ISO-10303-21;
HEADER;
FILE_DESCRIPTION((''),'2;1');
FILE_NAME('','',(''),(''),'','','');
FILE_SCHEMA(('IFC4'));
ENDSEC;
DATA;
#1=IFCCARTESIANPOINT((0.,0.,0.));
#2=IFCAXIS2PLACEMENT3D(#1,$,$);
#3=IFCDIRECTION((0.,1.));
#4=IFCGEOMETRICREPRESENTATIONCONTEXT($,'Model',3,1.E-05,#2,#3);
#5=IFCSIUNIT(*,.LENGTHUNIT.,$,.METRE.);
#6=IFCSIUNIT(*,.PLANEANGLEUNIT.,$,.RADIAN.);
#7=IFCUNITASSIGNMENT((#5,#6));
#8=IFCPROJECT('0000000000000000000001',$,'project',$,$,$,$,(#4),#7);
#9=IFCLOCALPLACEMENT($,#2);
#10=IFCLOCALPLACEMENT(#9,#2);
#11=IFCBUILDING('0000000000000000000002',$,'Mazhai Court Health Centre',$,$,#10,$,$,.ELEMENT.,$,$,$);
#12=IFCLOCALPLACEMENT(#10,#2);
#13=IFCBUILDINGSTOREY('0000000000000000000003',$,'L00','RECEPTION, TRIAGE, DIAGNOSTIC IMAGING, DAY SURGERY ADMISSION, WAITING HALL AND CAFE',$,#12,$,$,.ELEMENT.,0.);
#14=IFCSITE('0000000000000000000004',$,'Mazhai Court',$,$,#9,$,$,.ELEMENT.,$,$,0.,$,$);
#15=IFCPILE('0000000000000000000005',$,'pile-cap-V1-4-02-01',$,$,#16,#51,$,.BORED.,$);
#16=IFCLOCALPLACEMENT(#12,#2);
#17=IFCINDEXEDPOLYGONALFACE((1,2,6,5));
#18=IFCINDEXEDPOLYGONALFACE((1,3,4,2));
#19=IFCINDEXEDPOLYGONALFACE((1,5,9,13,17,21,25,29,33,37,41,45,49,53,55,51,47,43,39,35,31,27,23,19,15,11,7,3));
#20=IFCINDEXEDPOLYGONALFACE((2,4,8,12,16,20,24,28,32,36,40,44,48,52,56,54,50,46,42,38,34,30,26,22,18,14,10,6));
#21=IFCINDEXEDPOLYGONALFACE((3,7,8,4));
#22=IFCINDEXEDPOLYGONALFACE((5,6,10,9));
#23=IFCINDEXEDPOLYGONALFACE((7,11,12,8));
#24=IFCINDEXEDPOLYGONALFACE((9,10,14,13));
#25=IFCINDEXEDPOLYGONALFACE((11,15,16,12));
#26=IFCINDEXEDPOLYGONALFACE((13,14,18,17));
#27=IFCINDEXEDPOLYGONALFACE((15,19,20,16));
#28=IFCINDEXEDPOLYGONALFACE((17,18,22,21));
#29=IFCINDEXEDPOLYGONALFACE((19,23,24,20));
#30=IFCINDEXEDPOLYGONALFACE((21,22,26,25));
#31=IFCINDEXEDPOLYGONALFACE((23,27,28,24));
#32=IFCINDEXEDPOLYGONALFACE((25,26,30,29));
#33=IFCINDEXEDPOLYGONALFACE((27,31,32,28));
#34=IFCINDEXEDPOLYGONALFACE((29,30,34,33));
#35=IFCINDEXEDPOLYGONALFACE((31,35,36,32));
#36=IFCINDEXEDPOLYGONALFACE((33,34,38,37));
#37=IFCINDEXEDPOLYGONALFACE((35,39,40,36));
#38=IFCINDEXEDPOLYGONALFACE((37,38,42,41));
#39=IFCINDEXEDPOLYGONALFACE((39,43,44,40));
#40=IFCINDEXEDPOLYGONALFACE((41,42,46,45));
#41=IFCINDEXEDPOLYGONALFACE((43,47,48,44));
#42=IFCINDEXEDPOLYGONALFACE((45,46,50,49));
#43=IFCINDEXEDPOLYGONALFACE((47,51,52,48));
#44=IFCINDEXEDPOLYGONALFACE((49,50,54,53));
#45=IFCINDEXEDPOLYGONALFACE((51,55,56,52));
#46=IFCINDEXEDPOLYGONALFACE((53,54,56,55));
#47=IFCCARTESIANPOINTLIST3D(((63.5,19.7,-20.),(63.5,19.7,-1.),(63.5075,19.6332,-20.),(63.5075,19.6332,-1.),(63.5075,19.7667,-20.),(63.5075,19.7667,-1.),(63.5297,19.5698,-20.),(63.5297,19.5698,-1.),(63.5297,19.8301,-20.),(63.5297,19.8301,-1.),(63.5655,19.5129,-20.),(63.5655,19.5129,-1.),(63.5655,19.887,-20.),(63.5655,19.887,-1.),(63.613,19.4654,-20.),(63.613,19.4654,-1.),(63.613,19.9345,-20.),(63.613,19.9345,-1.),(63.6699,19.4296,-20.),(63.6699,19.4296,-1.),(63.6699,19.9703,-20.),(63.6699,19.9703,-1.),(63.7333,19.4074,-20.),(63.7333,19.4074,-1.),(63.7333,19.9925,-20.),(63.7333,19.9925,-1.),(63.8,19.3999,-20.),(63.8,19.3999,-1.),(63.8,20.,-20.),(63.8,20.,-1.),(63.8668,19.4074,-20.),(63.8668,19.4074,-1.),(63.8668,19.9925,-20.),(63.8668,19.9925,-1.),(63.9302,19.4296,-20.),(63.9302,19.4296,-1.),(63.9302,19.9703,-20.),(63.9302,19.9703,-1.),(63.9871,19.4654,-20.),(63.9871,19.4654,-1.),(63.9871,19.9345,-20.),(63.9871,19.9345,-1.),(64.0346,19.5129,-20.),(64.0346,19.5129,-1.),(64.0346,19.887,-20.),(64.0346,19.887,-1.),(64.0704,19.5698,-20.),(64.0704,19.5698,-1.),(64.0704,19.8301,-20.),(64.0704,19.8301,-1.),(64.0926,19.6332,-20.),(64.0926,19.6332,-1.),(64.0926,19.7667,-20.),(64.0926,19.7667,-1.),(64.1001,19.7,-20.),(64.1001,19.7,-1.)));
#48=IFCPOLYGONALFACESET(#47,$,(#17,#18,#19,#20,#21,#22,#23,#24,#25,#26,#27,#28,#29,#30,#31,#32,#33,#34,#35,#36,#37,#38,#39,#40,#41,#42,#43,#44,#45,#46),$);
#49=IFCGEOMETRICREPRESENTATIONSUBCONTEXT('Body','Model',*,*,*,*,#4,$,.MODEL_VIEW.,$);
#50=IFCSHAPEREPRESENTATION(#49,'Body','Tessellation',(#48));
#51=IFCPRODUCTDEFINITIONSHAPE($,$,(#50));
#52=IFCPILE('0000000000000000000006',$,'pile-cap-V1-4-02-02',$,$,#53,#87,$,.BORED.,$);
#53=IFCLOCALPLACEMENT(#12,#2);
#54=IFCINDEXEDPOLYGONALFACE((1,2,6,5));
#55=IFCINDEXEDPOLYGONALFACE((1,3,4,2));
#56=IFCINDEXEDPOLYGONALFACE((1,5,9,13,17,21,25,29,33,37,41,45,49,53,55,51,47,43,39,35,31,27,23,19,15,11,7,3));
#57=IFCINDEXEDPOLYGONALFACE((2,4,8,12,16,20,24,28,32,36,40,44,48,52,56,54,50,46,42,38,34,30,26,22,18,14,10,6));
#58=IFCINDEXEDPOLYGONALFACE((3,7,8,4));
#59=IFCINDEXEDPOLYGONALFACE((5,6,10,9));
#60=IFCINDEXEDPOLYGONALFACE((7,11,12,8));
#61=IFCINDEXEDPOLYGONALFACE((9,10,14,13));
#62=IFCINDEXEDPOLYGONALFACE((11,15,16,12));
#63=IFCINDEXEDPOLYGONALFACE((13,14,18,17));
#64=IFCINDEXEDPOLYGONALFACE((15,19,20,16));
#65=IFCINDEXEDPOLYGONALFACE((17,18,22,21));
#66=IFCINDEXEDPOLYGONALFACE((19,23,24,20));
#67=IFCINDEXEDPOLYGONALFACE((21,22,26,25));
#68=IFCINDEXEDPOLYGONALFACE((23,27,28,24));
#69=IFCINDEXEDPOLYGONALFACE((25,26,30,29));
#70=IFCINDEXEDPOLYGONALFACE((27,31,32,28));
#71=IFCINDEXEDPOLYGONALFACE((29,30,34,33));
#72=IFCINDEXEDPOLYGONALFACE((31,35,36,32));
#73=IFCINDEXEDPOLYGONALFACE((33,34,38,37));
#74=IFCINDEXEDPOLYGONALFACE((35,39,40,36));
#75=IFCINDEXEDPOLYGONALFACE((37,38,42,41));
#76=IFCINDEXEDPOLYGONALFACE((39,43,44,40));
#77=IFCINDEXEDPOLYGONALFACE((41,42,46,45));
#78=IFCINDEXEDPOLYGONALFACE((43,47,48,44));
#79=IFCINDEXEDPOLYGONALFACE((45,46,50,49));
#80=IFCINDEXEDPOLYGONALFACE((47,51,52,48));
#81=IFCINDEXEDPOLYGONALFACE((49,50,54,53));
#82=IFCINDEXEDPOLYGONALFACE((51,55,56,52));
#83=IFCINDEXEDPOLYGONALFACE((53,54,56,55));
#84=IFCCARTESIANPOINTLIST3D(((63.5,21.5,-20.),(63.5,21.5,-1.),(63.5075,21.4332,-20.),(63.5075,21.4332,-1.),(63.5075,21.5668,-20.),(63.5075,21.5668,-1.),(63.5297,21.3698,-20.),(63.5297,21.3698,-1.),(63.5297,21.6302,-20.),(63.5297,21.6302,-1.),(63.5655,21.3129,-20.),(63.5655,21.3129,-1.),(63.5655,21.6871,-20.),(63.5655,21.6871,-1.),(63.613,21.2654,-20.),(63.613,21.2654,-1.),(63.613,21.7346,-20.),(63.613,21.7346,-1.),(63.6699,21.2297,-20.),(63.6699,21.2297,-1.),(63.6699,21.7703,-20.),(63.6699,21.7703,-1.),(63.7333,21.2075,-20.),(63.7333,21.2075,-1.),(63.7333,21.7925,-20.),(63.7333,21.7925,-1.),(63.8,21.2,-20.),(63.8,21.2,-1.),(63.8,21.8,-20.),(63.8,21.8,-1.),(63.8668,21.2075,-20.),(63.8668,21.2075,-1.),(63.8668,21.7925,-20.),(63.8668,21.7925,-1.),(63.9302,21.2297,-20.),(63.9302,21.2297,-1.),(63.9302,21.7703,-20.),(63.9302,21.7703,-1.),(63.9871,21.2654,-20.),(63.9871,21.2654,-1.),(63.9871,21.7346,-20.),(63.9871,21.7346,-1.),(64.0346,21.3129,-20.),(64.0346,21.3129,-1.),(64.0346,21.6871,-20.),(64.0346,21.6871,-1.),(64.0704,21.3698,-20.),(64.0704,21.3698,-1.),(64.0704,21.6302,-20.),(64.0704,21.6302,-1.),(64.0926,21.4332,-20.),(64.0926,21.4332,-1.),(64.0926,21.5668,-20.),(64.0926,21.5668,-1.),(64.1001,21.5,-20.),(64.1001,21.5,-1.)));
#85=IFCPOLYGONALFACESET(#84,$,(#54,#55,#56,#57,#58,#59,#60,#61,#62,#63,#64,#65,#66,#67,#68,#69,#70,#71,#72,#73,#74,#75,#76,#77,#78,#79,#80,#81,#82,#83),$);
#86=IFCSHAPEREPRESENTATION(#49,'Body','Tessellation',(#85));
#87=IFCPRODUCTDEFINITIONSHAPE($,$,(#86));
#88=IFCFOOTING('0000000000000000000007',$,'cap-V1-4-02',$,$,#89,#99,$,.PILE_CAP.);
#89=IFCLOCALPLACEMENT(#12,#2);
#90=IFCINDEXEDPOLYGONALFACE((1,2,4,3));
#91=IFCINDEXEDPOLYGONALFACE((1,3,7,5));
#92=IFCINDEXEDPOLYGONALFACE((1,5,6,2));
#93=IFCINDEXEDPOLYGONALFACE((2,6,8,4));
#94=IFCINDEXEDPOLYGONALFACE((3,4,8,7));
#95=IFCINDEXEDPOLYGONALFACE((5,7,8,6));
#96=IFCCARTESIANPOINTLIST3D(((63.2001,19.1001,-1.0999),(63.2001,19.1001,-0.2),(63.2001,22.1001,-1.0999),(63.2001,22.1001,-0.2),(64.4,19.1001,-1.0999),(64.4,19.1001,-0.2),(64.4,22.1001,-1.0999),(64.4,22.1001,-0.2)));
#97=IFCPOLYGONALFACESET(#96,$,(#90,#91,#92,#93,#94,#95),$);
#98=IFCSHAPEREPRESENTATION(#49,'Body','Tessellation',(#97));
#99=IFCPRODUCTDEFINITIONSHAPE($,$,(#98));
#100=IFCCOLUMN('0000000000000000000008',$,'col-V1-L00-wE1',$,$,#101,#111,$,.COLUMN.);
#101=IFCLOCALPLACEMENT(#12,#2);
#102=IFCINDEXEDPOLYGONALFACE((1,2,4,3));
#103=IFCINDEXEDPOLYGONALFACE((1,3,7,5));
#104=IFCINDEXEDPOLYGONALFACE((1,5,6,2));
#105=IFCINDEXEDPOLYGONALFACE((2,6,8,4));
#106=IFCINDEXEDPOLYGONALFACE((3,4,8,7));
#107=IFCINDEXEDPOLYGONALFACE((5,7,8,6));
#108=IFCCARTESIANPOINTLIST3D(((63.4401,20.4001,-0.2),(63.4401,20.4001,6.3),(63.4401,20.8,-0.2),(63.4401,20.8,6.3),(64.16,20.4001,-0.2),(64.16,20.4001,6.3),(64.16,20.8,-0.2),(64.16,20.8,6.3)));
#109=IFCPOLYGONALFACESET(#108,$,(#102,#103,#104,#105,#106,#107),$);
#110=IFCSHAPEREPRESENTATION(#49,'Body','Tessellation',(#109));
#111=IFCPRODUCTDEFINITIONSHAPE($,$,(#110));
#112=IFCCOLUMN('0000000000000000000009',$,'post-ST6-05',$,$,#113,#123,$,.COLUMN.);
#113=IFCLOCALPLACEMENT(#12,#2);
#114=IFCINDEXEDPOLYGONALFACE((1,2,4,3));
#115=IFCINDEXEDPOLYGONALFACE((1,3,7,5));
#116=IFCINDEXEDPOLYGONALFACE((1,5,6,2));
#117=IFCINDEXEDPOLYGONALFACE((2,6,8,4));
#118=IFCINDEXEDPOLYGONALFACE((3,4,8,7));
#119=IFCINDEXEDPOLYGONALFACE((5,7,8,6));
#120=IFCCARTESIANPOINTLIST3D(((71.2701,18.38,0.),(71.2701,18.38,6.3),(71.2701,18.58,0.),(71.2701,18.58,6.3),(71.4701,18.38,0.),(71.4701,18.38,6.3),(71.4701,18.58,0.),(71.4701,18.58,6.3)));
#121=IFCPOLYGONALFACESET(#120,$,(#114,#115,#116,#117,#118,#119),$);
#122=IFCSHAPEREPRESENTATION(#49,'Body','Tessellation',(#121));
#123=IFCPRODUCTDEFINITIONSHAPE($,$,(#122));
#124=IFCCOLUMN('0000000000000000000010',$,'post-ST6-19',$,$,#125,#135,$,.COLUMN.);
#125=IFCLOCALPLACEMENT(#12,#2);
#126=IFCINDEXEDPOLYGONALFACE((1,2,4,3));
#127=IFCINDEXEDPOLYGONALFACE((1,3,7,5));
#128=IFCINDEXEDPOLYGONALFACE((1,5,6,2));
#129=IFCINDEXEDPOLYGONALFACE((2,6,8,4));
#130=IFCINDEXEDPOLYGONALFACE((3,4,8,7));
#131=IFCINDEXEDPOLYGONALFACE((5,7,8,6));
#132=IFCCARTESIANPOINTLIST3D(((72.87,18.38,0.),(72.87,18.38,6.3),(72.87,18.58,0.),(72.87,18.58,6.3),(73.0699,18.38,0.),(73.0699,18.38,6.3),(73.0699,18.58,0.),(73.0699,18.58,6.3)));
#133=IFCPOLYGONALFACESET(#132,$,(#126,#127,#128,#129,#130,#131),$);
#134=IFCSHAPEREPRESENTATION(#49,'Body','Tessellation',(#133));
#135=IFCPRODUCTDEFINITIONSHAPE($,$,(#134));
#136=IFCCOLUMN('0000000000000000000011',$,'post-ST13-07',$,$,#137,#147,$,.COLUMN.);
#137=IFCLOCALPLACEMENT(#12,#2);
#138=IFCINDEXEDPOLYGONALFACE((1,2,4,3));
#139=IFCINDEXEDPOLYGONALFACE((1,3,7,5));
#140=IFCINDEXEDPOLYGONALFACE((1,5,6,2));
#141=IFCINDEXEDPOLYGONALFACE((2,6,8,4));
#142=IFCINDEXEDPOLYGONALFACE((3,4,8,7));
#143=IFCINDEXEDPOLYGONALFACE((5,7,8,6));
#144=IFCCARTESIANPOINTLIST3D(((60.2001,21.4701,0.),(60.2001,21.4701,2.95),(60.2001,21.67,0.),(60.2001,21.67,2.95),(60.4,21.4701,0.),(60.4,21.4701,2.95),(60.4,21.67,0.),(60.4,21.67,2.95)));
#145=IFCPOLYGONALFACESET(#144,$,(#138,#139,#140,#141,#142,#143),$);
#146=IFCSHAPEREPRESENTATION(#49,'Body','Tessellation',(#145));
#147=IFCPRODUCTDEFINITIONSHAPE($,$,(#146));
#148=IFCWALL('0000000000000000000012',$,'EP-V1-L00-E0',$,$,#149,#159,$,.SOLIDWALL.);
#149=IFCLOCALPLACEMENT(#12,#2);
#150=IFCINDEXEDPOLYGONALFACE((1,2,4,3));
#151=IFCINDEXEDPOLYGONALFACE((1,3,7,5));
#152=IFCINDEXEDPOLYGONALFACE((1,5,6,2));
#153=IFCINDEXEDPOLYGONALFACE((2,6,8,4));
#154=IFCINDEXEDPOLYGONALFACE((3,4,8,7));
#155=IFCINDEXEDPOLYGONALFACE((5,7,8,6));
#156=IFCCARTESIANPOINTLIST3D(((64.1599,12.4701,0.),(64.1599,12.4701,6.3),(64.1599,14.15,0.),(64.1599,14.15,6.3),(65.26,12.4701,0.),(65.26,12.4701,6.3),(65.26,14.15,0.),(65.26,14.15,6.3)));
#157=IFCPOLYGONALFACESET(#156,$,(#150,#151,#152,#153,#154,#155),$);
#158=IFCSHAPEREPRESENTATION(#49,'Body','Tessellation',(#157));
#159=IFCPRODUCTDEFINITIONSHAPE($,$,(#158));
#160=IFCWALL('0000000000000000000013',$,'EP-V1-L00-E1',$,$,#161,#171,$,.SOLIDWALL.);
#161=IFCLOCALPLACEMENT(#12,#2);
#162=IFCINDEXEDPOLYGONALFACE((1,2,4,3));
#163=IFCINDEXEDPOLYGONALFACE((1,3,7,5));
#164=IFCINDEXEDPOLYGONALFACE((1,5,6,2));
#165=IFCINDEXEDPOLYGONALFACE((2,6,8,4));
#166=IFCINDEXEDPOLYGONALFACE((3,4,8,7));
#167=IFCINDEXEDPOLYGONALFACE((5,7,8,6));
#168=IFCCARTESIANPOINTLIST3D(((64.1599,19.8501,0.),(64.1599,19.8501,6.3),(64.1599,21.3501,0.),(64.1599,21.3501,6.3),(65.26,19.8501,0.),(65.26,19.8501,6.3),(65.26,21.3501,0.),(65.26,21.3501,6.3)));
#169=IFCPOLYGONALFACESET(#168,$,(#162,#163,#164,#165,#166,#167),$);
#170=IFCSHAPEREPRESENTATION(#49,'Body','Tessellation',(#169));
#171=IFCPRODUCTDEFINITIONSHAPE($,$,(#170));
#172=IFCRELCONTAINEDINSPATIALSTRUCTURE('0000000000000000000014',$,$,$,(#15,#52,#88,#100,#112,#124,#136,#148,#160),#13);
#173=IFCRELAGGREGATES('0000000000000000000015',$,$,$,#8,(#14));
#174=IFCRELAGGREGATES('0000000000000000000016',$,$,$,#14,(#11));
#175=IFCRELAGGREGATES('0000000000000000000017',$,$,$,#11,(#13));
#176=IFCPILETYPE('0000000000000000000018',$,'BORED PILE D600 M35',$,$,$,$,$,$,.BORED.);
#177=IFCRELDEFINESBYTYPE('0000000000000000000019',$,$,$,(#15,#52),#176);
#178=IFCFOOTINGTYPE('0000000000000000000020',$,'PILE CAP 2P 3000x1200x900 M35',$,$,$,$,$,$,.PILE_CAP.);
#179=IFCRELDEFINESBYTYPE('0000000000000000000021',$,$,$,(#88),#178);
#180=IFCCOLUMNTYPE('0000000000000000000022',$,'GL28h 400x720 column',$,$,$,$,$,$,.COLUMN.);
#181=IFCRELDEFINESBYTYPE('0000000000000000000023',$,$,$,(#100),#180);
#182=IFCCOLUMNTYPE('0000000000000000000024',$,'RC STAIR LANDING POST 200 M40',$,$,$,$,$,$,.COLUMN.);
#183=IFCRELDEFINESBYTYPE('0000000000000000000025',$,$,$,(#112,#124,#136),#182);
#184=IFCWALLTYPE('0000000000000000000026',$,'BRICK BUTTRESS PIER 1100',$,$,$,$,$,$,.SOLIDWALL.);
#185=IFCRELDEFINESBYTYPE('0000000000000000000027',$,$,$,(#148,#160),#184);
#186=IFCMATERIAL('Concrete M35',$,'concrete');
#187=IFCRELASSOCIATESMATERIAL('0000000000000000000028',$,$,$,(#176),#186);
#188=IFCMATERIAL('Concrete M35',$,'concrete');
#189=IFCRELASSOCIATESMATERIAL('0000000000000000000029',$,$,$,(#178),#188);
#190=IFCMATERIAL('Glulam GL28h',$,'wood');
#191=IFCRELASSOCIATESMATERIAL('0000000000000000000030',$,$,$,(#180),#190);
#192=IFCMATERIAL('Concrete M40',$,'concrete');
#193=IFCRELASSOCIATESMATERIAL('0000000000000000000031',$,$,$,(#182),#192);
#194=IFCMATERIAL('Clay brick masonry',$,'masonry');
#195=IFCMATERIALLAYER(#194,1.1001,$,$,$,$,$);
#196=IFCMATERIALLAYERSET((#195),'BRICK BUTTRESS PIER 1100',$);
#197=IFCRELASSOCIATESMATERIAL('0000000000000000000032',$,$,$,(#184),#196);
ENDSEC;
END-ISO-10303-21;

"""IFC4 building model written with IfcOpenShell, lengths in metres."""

from ifc_helpers import new_model, si_unit, direction, frame, frame_2d, origin, origin_2d, place, context, subcontext, project, spatial, rectangle, circle, extrude, material, layer, layer_set, material_profile, profile_set, type_object, element, save


model = new_model("IFC4")

# Units and contexts
model_context = context("Model", 3, precision=1e-05, world=origin(), true_north=direction((0.0, 1.0)))
body_context = subcontext(model_context, "Body", "Model", "MODEL_VIEW")
ifc_project = project(units=[si_unit("LENGTHUNIT", "METRE"), si_unit("PLANEANGLEUNIT", "RADIAN")], contexts=[model_context])

# Site, building, storey
site_placement = place(None, origin())
site = spatial("IfcSite", under=ifc_project, at=site_placement, Name="Mazhai Court", CompositionType="ELEMENT", RefElevation=0.0)
building_placement = place(site_placement, origin())
building = spatial("IfcBuilding", under=site, at=building_placement, Name="Mazhai Court Health Centre", CompositionType="ELEMENT")
storey_placement = place(building_placement, origin())
storey = spatial("IfcBuildingStorey", under=building, at=storey_placement, Name="L00", Description="RECEPTION, TRIAGE, DIAGNOSTIC IMAGING, DAY SURGERY ADMISSION, WAITING HALL AND CAFE", CompositionType="ELEMENT", Elevation=0.0)

# Piles
ifc_material_1 = material(Name="Concrete M35", Category="concrete")
ifc_material_profile_1 = material_profile(ifc_material_1, circle(Radius=0.3, at=origin_2d()), Name="RC PILE D600")
ifc_profile_set_1 = profile_set([ifc_material_profile_1], Name="Concrete M35")
pile_type = type_object("IfcPileType", Name="BORED PILE D600 M35", PredefinedType="BORED", material=ifc_profile_set_1)
for number, where, z_axis, x_axis, name in (
    (1, (63.8, 19.7, -1.0), (0.0, 0.0, -1.0), (1.0, 0.0, 0.0), "pile-cap-V1-4-02-01"),
    (2, (63.8, 21.5, -1.0), (0.0, 0.0, -1.0), (1.0, 0.0, 0.0), "pile-cap-V1-4-02-02"),
):
    element("IfcPile", number, at=place(storey_placement, frame(where, z_axis=z_axis, x_axis=x_axis)), inside=storey, type_object=pile_type, Name=name, PredefinedType="BORED", context=body_context, shape_type="SweptSolid", body=[
        extrude(circle(Radius=0.3, at=origin_2d()), origin(), (0.0, 0.0, 1.0), 19.0),
    ])

# Footing
ifc_material_2 = material(Name="Concrete M35", Category="concrete")
footing_type = type_object("IfcFootingType", Name="PILE CAP 2P 3000x1200x900 M35", PredefinedType="PILE_CAP", material=ifc_material_2)
footing_placement = place(storey_placement, frame((63.8, 20.6001, -1.0999), z_axis=(0.0, 0.0, 1.0), x_axis=(1.0, 0.0, 0.0)))
element("IfcFooting", 3, at=footing_placement, inside=storey, type_object=footing_type, Name="cap-V1-4-02", PredefinedType="PILE_CAP", context=body_context, shape_type="SweptSolid", body=[
    extrude(rectangle(XDim=1.2, YDim=3.0, at=origin_2d()), origin(), (0.0, 0.0, 1.0), 0.8999),
])

# Columns
ifc_material_3 = material(Name="Glulam GL28h", Category="wood")
ifc_material_profile_2 = material_profile(ifc_material_3, rectangle(XDim=0.3999, YDim=0.72, at=origin_2d()), Name="GL28h 400x720")
ifc_profile_set_2 = profile_set([ifc_material_profile_2], Name="Glulam GL28h")
column_type_1 = type_object("IfcColumnType", Name="GL28h 400x720 column", PredefinedType="COLUMN", material=ifc_profile_set_2)
column_1_placement = place(storey_placement, frame((63.8, 20.6001, -0.2), z_axis=(0.0, 0.0, 1.0), x_axis=(0.0, 1.0, 0.0)))
element("IfcColumn", 4, at=column_1_placement, inside=storey, type_object=column_type_1, Name="col-V1-L00-wE1", PredefinedType="COLUMN", context=body_context, shape_type="SweptSolid", body=[
    extrude(rectangle(XDim=0.3999, YDim=0.72, at=origin_2d()), origin(), (0.0, 0.0, 1.0), 6.5),
])
ifc_material_4 = material(Name="Concrete M40", Category="concrete")
ifc_material_profile_3 = material_profile(ifc_material_4, rectangle(XDim=0.2, YDim=0.2, at=origin_2d()), Name="RC 200x200")
ifc_profile_set_3 = profile_set([ifc_material_profile_3], Name="Concrete M40")
column_type_2 = type_object("IfcColumnType", Name="RC STAIR LANDING POST 200 M40", PredefinedType="COLUMN", material=ifc_profile_set_3)
for number, where, z_axis, x_axis, name in (
    (5, (71.3701, 18.48, 0.0), (0.0, 0.0, 1.0), (1.0, 0.0, 0.0), "post-ST6-05"),
    (6, (72.97, 18.48, 0.0), (0.0, 0.0, 1.0), (1.0, 0.0, 0.0), "post-ST6-19"),
):
    element("IfcColumn", number, at=place(storey_placement, frame(where, z_axis=z_axis, x_axis=x_axis)), inside=storey, type_object=column_type_2, Name=name, PredefinedType="COLUMN", context=body_context, shape_type="SweptSolid", body=[
        extrude(rectangle(XDim=0.2, YDim=0.2, at=origin_2d()), origin(), (0.0, 0.0, 1.0), 6.3),
    ])
column_2_placement = place(storey_placement, frame((60.3, 21.5701, 0.0), z_axis=(0.0, 0.0, 1.0), x_axis=(1.0, 0.0, 0.0)))
element("IfcColumn", 7, at=column_2_placement, inside=storey, type_object=column_type_2, Name="post-ST13-07", PredefinedType="COLUMN", context=body_context, shape_type="SweptSolid", body=[
    extrude(rectangle(XDim=0.2, YDim=0.2, at=origin_2d()), origin(), (0.0, 0.0, 1.0), 2.95),
])

# Walls
ifc_material_5 = material(Name="Clay brick masonry", Category="masonry")
ifc_layer_1 = layer(ifc_material_5, 1.1001)
ifc_layer_set_1 = layer_set([ifc_layer_1], Name="BRICK BUTTRESS PIER 1100")
wall_type_1 = type_object("IfcWallType", Name="BRICK BUTTRESS PIER 1100", PredefinedType="SOLIDWALL", material=ifc_layer_set_1)
wall_1_placement = place(storey_placement, frame((64.71, 14.1499, 0.0), z_axis=(0.0, 0.0, 1.0), x_axis=(0.0, -1.0, 0.0)))
element("IfcWall", 8, at=wall_1_placement, inside=storey, type_object=wall_type_1, Name="EP-V1-L00-E0", PredefinedType="SOLIDWALL", context=body_context, shape_type="SweptSolid", body=[
    extrude(rectangle(XDim=1.6799, YDim=1.1001, at=frame_2d((0.8398, 0.0))), origin(), (0.0, 0.0, 1.0), 6.3),
])
wall_2_placement = place(storey_placement, frame((64.71, 21.3501, 0.0), z_axis=(0.0, 0.0, 1.0), x_axis=(0.0, -1.0, 0.0)))
element("IfcWall", 9, at=wall_2_placement, inside=storey, type_object=wall_type_1, Name="EP-V1-L00-E1", PredefinedType="SOLIDWALL", context=body_context, shape_type="SweptSolid", body=[
    extrude(rectangle(XDim=1.5, YDim=1.1001, at=frame_2d((0.75, 0.0))), origin(), (0.0, 0.0, 1.0), 6.3),
])

save(model, "model.ifc")
